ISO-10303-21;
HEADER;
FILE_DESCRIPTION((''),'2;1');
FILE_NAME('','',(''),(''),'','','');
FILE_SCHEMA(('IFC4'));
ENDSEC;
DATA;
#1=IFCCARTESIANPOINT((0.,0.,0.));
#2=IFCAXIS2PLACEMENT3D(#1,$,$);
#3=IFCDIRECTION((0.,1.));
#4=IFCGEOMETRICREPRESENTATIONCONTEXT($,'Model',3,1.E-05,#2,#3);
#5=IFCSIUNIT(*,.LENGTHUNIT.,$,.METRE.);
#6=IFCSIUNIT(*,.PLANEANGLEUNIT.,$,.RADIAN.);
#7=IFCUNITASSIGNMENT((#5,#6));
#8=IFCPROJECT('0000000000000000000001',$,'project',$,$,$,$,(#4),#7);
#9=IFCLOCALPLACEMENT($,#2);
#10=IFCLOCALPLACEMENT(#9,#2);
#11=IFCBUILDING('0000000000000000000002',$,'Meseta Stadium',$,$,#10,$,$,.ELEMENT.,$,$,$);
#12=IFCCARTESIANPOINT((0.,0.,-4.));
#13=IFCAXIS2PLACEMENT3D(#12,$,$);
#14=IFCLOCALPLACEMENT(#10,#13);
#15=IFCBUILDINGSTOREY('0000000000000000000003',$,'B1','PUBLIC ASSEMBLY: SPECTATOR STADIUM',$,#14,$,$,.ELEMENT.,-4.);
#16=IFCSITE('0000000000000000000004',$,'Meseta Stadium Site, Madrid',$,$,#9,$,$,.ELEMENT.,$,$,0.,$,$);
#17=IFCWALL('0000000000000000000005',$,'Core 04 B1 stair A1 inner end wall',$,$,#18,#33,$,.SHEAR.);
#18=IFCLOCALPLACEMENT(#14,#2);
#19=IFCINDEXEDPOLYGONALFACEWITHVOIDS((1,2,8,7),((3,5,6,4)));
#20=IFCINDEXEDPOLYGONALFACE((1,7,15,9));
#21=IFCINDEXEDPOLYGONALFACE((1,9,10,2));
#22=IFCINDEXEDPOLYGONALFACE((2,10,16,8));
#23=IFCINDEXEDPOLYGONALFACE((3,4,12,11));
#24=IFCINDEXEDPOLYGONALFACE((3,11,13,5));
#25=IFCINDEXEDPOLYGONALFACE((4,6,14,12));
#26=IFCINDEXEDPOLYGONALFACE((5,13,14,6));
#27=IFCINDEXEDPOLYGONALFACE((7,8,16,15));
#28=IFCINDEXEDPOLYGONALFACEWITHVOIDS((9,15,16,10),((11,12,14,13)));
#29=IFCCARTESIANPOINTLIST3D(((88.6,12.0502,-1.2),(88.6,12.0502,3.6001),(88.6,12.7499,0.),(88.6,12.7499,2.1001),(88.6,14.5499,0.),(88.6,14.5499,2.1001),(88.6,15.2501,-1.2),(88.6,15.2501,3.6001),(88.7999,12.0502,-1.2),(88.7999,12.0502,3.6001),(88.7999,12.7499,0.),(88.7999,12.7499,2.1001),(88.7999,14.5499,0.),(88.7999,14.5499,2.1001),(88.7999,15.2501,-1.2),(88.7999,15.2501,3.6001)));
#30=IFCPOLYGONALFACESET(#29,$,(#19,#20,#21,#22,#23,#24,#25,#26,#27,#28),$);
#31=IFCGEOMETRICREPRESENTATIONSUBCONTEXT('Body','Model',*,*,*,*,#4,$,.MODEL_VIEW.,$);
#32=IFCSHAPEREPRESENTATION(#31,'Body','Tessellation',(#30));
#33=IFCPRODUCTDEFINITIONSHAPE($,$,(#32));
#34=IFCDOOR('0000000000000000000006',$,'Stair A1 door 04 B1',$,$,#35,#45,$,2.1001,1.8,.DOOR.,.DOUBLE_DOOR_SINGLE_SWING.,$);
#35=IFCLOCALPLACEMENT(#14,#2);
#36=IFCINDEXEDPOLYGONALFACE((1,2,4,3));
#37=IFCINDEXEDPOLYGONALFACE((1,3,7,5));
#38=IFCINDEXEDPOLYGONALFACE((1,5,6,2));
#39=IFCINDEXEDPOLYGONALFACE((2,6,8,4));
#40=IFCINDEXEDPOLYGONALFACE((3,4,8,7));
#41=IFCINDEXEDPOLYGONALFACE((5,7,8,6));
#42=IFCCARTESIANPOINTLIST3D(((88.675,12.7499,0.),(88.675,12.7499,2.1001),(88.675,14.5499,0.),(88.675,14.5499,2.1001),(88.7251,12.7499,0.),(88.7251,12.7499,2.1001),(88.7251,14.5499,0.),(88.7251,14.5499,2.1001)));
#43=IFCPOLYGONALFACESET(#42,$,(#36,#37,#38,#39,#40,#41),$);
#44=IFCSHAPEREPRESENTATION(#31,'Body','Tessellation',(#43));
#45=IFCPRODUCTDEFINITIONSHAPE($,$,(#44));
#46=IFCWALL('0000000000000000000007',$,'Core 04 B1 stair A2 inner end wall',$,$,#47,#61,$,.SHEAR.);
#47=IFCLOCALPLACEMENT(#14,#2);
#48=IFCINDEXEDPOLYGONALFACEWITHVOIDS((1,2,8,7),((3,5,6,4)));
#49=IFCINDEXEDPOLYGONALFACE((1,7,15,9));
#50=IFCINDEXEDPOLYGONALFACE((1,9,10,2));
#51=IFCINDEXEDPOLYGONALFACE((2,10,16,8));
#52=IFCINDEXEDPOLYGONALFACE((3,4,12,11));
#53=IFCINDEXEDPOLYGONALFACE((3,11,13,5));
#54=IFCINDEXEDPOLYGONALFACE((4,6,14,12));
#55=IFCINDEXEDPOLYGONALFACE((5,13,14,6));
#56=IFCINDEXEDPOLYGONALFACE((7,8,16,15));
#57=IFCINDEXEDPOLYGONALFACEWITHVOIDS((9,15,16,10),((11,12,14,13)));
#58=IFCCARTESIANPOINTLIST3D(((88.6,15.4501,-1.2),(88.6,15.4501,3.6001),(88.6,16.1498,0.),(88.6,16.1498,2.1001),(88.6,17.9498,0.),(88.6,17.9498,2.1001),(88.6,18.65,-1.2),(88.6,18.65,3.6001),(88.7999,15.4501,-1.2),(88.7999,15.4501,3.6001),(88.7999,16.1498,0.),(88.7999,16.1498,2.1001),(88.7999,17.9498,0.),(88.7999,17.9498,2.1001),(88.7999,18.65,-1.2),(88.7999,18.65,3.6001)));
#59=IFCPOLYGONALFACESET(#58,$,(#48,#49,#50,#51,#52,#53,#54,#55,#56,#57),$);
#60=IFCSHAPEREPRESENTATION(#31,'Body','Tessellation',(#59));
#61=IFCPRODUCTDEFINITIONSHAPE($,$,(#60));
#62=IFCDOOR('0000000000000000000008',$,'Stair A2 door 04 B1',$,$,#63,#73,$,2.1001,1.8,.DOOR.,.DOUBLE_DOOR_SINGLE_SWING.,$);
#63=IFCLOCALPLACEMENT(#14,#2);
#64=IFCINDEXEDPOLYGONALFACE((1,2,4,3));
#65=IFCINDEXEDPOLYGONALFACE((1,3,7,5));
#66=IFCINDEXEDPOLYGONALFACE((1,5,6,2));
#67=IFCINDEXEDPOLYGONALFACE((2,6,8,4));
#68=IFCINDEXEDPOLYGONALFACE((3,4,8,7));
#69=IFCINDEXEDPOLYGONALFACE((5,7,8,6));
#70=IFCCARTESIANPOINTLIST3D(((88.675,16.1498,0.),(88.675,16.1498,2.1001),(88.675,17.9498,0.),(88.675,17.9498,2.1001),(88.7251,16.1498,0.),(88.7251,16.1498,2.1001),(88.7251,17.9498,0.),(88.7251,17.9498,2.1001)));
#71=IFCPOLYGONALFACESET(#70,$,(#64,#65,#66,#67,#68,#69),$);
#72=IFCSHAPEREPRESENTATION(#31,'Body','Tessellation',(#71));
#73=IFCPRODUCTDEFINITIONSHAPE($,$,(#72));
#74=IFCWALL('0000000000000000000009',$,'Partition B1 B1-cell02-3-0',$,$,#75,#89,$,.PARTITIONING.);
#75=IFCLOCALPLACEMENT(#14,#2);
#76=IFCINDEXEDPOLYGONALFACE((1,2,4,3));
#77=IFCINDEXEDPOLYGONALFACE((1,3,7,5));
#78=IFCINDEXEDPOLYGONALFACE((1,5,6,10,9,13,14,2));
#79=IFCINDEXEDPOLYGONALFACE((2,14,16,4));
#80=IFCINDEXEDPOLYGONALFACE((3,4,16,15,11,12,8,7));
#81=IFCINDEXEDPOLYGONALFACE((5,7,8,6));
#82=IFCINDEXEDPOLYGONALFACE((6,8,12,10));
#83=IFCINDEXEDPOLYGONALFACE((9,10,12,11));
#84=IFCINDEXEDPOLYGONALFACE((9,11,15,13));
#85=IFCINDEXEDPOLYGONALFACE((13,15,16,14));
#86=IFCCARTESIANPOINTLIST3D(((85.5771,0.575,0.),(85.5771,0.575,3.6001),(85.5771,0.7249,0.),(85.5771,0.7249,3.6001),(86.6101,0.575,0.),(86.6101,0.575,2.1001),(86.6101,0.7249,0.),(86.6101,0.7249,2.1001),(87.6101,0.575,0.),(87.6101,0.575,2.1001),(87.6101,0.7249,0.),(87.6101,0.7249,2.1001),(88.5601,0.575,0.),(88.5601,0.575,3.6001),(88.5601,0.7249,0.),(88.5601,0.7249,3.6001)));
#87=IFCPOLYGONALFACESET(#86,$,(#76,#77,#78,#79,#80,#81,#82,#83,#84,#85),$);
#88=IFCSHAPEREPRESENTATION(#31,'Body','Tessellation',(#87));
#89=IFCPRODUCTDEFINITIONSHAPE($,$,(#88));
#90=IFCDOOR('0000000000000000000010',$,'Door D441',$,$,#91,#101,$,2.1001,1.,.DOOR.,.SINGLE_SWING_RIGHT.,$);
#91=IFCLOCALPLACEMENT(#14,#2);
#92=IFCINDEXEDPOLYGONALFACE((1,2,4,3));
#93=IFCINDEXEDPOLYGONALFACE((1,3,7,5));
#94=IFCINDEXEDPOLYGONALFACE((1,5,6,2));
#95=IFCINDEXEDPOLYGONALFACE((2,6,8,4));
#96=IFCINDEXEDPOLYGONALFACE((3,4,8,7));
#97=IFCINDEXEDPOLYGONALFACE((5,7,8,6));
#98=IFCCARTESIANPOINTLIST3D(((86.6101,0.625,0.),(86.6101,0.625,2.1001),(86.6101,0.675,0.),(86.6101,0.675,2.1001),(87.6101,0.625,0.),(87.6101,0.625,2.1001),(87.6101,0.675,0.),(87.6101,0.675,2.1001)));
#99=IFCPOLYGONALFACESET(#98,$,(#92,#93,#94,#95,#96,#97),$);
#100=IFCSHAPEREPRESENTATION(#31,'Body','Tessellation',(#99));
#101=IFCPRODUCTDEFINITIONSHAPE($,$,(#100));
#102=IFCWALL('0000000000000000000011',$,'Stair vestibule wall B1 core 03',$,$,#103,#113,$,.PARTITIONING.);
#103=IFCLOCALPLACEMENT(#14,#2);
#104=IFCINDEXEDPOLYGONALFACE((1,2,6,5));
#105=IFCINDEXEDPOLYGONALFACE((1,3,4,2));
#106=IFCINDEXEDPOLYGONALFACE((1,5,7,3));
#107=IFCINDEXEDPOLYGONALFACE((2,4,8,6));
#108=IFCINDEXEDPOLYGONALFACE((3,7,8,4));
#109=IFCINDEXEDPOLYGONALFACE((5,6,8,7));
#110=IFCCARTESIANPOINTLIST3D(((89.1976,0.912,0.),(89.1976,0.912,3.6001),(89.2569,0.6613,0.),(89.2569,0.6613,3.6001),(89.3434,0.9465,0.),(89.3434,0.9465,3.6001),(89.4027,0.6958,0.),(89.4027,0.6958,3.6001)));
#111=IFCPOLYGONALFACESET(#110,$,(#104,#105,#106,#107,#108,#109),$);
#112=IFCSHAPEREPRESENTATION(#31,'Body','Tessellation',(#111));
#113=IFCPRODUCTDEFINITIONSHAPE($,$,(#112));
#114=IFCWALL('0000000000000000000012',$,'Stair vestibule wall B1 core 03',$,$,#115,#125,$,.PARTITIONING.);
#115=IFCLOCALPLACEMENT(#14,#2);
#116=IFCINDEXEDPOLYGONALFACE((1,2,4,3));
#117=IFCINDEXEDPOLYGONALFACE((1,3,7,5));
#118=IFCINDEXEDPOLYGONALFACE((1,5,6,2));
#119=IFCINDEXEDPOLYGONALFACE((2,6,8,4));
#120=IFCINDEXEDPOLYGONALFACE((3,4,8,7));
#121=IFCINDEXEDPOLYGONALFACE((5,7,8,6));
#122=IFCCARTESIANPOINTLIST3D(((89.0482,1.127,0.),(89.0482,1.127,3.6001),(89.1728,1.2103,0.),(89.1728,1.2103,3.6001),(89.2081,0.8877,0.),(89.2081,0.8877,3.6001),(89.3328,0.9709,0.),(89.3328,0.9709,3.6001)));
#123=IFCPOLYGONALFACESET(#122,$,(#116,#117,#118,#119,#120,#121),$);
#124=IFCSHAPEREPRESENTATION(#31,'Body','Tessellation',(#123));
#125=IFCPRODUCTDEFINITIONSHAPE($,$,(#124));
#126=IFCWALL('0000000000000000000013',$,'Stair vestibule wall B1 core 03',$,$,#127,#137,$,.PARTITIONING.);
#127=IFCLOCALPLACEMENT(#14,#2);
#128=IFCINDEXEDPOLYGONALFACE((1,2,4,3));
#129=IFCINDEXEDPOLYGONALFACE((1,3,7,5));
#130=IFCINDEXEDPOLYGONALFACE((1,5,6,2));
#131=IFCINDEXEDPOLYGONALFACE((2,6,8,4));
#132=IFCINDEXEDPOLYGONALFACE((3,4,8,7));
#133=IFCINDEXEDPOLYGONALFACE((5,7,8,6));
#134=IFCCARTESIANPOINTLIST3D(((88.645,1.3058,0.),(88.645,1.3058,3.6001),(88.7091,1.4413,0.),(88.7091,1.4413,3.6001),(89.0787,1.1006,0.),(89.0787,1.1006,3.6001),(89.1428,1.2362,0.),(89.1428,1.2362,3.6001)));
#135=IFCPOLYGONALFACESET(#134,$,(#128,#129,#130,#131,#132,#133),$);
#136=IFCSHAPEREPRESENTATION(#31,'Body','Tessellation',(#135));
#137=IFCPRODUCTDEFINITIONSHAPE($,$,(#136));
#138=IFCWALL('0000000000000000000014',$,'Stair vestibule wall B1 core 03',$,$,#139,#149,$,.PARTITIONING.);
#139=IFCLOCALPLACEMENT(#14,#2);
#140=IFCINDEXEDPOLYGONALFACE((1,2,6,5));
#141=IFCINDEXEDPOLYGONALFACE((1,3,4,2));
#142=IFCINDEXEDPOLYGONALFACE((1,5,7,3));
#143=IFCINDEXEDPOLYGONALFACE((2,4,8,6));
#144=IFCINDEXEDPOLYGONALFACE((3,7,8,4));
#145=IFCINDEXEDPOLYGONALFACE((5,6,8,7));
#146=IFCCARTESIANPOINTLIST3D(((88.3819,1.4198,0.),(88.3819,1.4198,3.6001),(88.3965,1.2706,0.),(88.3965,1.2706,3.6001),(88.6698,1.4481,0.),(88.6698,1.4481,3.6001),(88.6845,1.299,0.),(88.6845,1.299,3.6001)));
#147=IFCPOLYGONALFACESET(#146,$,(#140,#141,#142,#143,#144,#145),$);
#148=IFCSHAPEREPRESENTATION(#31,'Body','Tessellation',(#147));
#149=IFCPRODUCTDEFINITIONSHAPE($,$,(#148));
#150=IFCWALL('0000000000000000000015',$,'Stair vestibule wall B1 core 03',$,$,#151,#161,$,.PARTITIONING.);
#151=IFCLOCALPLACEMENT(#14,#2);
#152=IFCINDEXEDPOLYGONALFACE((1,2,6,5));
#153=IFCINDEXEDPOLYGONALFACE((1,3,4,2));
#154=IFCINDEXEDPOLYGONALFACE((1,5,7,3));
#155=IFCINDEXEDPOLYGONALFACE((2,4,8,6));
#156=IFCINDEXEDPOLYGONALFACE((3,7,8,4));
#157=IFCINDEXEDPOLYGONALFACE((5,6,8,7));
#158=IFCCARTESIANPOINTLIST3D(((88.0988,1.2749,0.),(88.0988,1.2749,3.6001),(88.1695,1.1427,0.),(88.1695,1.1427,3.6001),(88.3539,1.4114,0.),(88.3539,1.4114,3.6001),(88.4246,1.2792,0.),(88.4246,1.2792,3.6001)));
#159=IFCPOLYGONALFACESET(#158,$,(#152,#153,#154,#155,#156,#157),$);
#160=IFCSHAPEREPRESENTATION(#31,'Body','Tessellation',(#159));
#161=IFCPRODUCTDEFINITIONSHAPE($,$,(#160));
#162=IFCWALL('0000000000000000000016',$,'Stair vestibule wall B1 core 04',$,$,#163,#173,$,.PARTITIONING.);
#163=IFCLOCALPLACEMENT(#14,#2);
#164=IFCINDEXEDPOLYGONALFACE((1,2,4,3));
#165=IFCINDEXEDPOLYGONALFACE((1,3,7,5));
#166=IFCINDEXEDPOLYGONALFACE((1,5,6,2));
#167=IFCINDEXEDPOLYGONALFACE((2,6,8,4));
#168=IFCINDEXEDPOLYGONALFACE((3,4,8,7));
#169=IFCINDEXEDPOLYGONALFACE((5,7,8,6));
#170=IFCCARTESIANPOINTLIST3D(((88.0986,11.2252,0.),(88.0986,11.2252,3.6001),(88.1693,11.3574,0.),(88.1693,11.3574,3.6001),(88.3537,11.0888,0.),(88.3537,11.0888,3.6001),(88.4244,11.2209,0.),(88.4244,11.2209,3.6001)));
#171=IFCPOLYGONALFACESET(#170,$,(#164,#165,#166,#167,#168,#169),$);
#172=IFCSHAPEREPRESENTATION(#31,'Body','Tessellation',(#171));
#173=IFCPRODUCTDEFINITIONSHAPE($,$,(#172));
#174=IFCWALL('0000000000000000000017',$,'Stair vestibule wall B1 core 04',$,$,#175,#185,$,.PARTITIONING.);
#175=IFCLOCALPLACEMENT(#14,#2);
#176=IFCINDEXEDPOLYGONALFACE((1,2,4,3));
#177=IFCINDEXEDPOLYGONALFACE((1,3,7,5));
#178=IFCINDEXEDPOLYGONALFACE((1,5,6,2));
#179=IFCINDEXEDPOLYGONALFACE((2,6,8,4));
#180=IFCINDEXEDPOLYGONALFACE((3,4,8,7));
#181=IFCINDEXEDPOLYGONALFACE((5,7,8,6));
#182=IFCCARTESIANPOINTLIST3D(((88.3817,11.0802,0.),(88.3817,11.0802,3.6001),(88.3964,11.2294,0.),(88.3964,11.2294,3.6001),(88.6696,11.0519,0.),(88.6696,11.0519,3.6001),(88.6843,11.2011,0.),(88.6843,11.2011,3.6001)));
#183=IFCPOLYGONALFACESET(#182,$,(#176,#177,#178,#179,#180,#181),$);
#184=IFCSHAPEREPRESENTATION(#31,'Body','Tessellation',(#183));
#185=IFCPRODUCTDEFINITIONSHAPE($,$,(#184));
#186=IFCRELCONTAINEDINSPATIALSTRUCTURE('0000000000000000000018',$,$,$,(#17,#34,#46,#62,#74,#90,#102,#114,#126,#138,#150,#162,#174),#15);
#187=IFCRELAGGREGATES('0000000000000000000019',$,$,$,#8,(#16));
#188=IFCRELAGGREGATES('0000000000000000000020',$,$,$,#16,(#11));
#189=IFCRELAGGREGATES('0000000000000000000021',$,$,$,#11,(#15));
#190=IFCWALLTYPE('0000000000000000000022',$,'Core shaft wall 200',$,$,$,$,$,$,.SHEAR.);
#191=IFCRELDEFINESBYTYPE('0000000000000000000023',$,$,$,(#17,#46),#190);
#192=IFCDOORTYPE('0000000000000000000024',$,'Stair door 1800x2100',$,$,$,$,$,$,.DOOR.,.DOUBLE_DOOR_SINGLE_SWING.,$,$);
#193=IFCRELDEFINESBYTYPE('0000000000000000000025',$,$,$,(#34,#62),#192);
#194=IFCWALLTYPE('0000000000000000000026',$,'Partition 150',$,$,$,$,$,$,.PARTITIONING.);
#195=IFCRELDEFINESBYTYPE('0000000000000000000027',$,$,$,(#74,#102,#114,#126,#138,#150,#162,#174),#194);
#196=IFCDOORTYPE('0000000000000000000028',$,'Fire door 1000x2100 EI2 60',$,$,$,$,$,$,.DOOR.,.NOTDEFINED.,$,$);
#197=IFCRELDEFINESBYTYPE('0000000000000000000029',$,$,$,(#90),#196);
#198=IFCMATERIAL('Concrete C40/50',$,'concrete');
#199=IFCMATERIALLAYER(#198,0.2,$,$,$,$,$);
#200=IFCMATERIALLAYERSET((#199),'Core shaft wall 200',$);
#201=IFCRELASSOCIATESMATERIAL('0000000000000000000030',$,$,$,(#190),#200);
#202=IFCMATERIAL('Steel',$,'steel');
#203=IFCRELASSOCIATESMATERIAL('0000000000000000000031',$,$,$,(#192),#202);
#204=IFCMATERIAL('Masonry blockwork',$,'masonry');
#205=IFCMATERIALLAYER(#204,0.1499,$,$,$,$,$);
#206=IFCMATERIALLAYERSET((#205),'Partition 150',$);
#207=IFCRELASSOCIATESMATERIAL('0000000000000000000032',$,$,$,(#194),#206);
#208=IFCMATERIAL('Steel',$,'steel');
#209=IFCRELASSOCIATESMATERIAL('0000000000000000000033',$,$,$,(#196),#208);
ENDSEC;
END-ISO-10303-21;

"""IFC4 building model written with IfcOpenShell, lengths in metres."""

from ifc_helpers import new_model, si_unit, direction, frame, frame_2d, origin, place, context, subcontext, project, spatial, rectangle, extrude, material, layer, layer_set, type_object, element, fill, save


model = new_model("IFC4")

# Units and contexts
model_context = context("Model", 3, precision=1e-05, world=origin(), true_north=direction((0.0, 1.0)))
body_context = subcontext(model_context, "Body", "Model", "MODEL_VIEW")
ifc_project = project(units=[si_unit("LENGTHUNIT", "METRE"), si_unit("PLANEANGLEUNIT", "RADIAN")], contexts=[model_context])

# Site, building, storey
site_placement = place(None, origin())
site = spatial("IfcSite", under=ifc_project, at=site_placement, Name="Meseta Stadium Site, Madrid", CompositionType="ELEMENT", RefElevation=0.0)
building_placement = place(site_placement, origin())
building = spatial("IfcBuilding", under=site, at=building_placement, Name="Meseta Stadium", CompositionType="ELEMENT")
storey_placement = place(building_placement, frame((0.0, 0.0, -4.0)))
storey = spatial("IfcBuildingStorey", under=building, at=storey_placement, Name="B1", Description="PUBLIC ASSEMBLY: SPECTATOR STADIUM", CompositionType="ELEMENT", Elevation=-4.0)

# Walls, openings, doors
ifc_material_1 = material(Name="Concrete C40/50", Category="concrete")
ifc_layer_1 = layer(ifc_material_1, 0.2)
ifc_layer_set_1 = layer_set([ifc_layer_1], Name="Core shaft wall 200")
wall_type_1 = type_object("IfcWallType", Name="Core shaft wall 200", PredefinedType="SHEAR", material=ifc_layer_set_1)
wall_1_placement = place(storey_placement, frame((88.7, 12.05, -1.2), z_axis=(0.0, 0.0, 1.0), x_axis=(0.0, 1.0, 0.0)))
wall_1 = element("IfcWall", 1, at=wall_1_placement, inside=storey, type_object=wall_type_1, Name="Core 04 B1 stair A1 inner end wall", PredefinedType="SHEAR", context=body_context, shape_type="SweptSolid", body=[
    extrude(rectangle(XDim=3.2, YDim=0.2, at=frame_2d((1.6001, 0.0))), origin(), (0.0, 0.0, 1.0), 4.8),
])
opening_1_placement = place(wall_1_placement, frame((0.7, 0.0, 1.2)))
opening_1 = element("IfcOpeningElement", 2, at=opening_1_placement, cuts=wall_1, PredefinedType="OPENING", context=body_context, shape_type="SweptSolid", body=[
    extrude(rectangle(XDim=1.8, YDim=2.1001, at=frame_2d((0.8999, 1.05))), frame((0.0, 0.1099, 0.0), z_axis=(0.0, -1.0, 0.0), x_axis=(1.0, 0.0, 0.0)), (0.0, 0.0, 1.0), 0.22),
])
ifc_material_2 = material(Name="Steel", Category="steel")
door_type_1 = type_object("IfcDoorType", Name="Stair door 1800x2100", OperationType="DOUBLE_DOOR_SINGLE_SWING", PredefinedType="DOOR", material=ifc_material_2)
door_1_placement = place(opening_1_placement, origin())
door_1 = element("IfcDoor", 3, at=door_1_placement, inside=storey, type_object=door_type_1, Name="Stair A1 door 04 B1", OperationType="DOUBLE_DOOR_SINGLE_SWING", OverallHeight=2.1001, OverallWidth=1.8, PredefinedType="DOOR", context=body_context, shape_type="SweptSolid", body=[
    extrude(rectangle(XDim=1.8, YDim=2.1001, at=frame_2d((0.8999, 1.05))), frame((0.0, 0.0249, 0.0), z_axis=(0.0, -1.0, 0.0), x_axis=(1.0, 0.0, 0.0)), (0.0, 0.0, 1.0), 0.05),
])
fill(opening_1, door_1)
wall_2_placement = place(storey_placement, frame((88.7, 15.45, -1.2), z_axis=(0.0, 0.0, 1.0), x_axis=(0.0, 1.0, 0.0)))
wall_2 = element("IfcWall", 4, at=wall_2_placement, inside=storey, type_object=wall_type_1, Name="Core 04 B1 stair A2 inner end wall", PredefinedType="SHEAR", context=body_context, shape_type="SweptSolid", body=[
    extrude(rectangle(XDim=3.2, YDim=0.2, at=frame_2d((1.6001, 0.0))), origin(), (0.0, 0.0, 1.0), 4.8),
])
opening_2_placement = place(wall_2_placement, frame((0.7, 0.0, 1.2)))
opening_2 = element("IfcOpeningElement", 5, at=opening_2_placement, cuts=wall_2, PredefinedType="OPENING", context=body_context, shape_type="SweptSolid", body=[
    extrude(rectangle(XDim=1.8, YDim=2.1001, at=frame_2d((0.8999, 1.05))), frame((0.0, 0.1099, 0.0), z_axis=(0.0, -1.0, 0.0), x_axis=(1.0, 0.0, 0.0)), (0.0, 0.0, 1.0), 0.22),
])
door_2_placement = place(opening_2_placement, origin())
door_2 = element("IfcDoor", 6, at=door_2_placement, inside=storey, type_object=door_type_1, Name="Stair A2 door 04 B1", OperationType="DOUBLE_DOOR_SINGLE_SWING", OverallHeight=2.1001, OverallWidth=1.8, PredefinedType="DOOR", context=body_context, shape_type="SweptSolid", body=[
    extrude(rectangle(XDim=1.8, YDim=2.1001, at=frame_2d((0.8999, 1.05))), frame((0.0, 0.0249, 0.0), z_axis=(0.0, -1.0, 0.0), x_axis=(1.0, 0.0, 0.0)), (0.0, 0.0, 1.0), 0.05),
])
fill(opening_2, door_2)
ifc_material_3 = material(Name="Masonry blockwork", Category="masonry")
ifc_layer_2 = layer(ifc_material_3, 0.1499)
ifc_layer_set_2 = layer_set([ifc_layer_2], Name="Partition 150")
wall_type_2 = type_object("IfcWallType", Name="Partition 150", PredefinedType="PARTITIONING", material=ifc_layer_set_2)
wall_3_placement = place(storey_placement, frame((88.5601, 0.6499, 0.0), z_axis=(0.0, 0.0, 1.0), x_axis=(-1.0, 0.0, 0.0)))
wall_3 = element("IfcWall", 7, at=wall_3_placement, inside=storey, type_object=wall_type_2, Name="Partition B1 B1-cell02-3-0", PredefinedType="PARTITIONING", context=body_context, shape_type="SweptSolid", body=[
    extrude(rectangle(XDim=2.9829, YDim=0.1499, at=frame_2d((1.4915, 0.0))), origin(), (0.0, 0.0, 1.0), 3.6001),
])
opening_3_placement = place(wall_3_placement, frame((0.95, 0.0, 0.0)))
opening_3 = element("IfcOpeningElement", 8, at=opening_3_placement, cuts=wall_3, PredefinedType="OPENING", context=body_context, shape_type="SweptSolid", body=[
    extrude(rectangle(XDim=1.0, YDim=2.1001, at=frame_2d((0.5, 1.05))), frame((0.0, 0.085, 0.0), z_axis=(0.0, -1.0, 0.0), x_axis=(1.0, 0.0, 0.0)), (0.0, 0.0, 1.0), 0.1699),
])
ifc_material_4 = material(Name="Steel", Category="steel")
door_type_2 = type_object("IfcDoorType", Name="Fire door 1000x2100 EI2 60", OperationType="NOTDEFINED", PredefinedType="DOOR", material=ifc_material_4)
door_3_placement = place(opening_3_placement, origin())
door_3 = element("IfcDoor", 9, at=door_3_placement, inside=storey, type_object=door_type_2, Name="Door D441", OperationType="SINGLE_SWING_RIGHT", OverallHeight=2.1001, OverallWidth=1.0, PredefinedType="DOOR", context=body_context, shape_type="SweptSolid", body=[
    extrude(rectangle(XDim=1.0, YDim=2.1001, at=frame_2d((0.5, 1.05))), frame((0.0, 0.0249, 0.0), z_axis=(0.0, -1.0, 0.0), x_axis=(1.0, 0.0, 0.0)), (0.0, 0.0, 1.0), 0.05),
])
fill(opening_3, door_3)

# Walls
wall_4_placement = place(storey_placement, frame((89.3298, 0.6785, 0.0), z_axis=(0.0, 0.0, 1.0), x_axis=(-0.230254, 0.973131, 0.0)))
element("IfcWall", 10, at=wall_4_placement, inside=storey, type_object=wall_type_2, Name="Stair vestibule wall B1 core 03", PredefinedType="PARTITIONING", context=body_context, shape_type="SweptSolid", body=[
    extrude(rectangle(XDim=0.2576, YDim=0.1499, at=frame_2d((0.1289, 0.0))), origin(), (0.0, 0.0, 1.0), 3.6001),
])
wall_5_placement = place(storey_placement, frame((89.2705, 0.9292, 0.0), z_axis=(0.0, 0.0, 1.0), x_axis=(-0.555679, 0.831397, 0.0)))
element("IfcWall", 11, at=wall_5_placement, inside=storey, type_object=wall_type_2, Name="Stair vestibule wall B1 core 03", PredefinedType="PARTITIONING", context=body_context, shape_type="SweptSolid", body=[
    extrude(rectangle(XDim=0.2878, YDim=0.1499, at=frame_2d((0.144, 0.0))), origin(), (0.0, 0.0, 1.0), 3.6001),
])
wall_6_placement = place(storey_placement, frame((89.1106, 1.1685, 0.0), z_axis=(0.0, 0.0, 1.0), x_axis=(-0.903986, 0.427561, 0.0)))
element("IfcWall", 12, at=wall_6_placement, inside=storey, type_object=wall_type_2, Name="Stair vestibule wall B1 core 03", PredefinedType="PARTITIONING", context=body_context, shape_type="SweptSolid", body=[
    extrude(rectangle(XDim=0.4797, YDim=0.1499, at=frame_2d((0.2397, 0.0))), origin(), (0.0, 0.0, 1.0), 3.6001),
])
for number, where, z_axis, x_axis, name in (
    (13, (88.677, 1.3735, 0.0), (0.0, 0.0, 1.0), (-0.995195, -0.097916, 0.0), "Stair vestibule wall B1 core 03"),
    (14, (88.3892, 1.3452, 0.0), (0.0, 0.0, 1.0), (-0.881768, -0.471683, 0.0), "Stair vestibule wall B1 core 03"),
    (15, (88.134, 11.2913, 0.0), (0.0, 0.0, 1.0), (0.881768, -0.471683, 0.0), "Stair vestibule wall B1 core 04"),
    (16, (88.3892, 11.1548, 0.0), (0.0, 0.0, 1.0), (0.995195, -0.097916, 0.0), "Stair vestibule wall B1 core 04"),
):
    element("IfcWall", number, at=place(storey_placement, frame(where, z_axis=z_axis, x_axis=x_axis)), inside=storey, type_object=wall_type_2, Name=name, PredefinedType="PARTITIONING", context=body_context, shape_type="SweptSolid", body=[
        extrude(rectangle(XDim=0.2893, YDim=0.1499, at=frame_2d((0.1445, 0.0))), origin(), (0.0, 0.0, 1.0), 3.6001),
    ])

save(model, "model.ifc")
